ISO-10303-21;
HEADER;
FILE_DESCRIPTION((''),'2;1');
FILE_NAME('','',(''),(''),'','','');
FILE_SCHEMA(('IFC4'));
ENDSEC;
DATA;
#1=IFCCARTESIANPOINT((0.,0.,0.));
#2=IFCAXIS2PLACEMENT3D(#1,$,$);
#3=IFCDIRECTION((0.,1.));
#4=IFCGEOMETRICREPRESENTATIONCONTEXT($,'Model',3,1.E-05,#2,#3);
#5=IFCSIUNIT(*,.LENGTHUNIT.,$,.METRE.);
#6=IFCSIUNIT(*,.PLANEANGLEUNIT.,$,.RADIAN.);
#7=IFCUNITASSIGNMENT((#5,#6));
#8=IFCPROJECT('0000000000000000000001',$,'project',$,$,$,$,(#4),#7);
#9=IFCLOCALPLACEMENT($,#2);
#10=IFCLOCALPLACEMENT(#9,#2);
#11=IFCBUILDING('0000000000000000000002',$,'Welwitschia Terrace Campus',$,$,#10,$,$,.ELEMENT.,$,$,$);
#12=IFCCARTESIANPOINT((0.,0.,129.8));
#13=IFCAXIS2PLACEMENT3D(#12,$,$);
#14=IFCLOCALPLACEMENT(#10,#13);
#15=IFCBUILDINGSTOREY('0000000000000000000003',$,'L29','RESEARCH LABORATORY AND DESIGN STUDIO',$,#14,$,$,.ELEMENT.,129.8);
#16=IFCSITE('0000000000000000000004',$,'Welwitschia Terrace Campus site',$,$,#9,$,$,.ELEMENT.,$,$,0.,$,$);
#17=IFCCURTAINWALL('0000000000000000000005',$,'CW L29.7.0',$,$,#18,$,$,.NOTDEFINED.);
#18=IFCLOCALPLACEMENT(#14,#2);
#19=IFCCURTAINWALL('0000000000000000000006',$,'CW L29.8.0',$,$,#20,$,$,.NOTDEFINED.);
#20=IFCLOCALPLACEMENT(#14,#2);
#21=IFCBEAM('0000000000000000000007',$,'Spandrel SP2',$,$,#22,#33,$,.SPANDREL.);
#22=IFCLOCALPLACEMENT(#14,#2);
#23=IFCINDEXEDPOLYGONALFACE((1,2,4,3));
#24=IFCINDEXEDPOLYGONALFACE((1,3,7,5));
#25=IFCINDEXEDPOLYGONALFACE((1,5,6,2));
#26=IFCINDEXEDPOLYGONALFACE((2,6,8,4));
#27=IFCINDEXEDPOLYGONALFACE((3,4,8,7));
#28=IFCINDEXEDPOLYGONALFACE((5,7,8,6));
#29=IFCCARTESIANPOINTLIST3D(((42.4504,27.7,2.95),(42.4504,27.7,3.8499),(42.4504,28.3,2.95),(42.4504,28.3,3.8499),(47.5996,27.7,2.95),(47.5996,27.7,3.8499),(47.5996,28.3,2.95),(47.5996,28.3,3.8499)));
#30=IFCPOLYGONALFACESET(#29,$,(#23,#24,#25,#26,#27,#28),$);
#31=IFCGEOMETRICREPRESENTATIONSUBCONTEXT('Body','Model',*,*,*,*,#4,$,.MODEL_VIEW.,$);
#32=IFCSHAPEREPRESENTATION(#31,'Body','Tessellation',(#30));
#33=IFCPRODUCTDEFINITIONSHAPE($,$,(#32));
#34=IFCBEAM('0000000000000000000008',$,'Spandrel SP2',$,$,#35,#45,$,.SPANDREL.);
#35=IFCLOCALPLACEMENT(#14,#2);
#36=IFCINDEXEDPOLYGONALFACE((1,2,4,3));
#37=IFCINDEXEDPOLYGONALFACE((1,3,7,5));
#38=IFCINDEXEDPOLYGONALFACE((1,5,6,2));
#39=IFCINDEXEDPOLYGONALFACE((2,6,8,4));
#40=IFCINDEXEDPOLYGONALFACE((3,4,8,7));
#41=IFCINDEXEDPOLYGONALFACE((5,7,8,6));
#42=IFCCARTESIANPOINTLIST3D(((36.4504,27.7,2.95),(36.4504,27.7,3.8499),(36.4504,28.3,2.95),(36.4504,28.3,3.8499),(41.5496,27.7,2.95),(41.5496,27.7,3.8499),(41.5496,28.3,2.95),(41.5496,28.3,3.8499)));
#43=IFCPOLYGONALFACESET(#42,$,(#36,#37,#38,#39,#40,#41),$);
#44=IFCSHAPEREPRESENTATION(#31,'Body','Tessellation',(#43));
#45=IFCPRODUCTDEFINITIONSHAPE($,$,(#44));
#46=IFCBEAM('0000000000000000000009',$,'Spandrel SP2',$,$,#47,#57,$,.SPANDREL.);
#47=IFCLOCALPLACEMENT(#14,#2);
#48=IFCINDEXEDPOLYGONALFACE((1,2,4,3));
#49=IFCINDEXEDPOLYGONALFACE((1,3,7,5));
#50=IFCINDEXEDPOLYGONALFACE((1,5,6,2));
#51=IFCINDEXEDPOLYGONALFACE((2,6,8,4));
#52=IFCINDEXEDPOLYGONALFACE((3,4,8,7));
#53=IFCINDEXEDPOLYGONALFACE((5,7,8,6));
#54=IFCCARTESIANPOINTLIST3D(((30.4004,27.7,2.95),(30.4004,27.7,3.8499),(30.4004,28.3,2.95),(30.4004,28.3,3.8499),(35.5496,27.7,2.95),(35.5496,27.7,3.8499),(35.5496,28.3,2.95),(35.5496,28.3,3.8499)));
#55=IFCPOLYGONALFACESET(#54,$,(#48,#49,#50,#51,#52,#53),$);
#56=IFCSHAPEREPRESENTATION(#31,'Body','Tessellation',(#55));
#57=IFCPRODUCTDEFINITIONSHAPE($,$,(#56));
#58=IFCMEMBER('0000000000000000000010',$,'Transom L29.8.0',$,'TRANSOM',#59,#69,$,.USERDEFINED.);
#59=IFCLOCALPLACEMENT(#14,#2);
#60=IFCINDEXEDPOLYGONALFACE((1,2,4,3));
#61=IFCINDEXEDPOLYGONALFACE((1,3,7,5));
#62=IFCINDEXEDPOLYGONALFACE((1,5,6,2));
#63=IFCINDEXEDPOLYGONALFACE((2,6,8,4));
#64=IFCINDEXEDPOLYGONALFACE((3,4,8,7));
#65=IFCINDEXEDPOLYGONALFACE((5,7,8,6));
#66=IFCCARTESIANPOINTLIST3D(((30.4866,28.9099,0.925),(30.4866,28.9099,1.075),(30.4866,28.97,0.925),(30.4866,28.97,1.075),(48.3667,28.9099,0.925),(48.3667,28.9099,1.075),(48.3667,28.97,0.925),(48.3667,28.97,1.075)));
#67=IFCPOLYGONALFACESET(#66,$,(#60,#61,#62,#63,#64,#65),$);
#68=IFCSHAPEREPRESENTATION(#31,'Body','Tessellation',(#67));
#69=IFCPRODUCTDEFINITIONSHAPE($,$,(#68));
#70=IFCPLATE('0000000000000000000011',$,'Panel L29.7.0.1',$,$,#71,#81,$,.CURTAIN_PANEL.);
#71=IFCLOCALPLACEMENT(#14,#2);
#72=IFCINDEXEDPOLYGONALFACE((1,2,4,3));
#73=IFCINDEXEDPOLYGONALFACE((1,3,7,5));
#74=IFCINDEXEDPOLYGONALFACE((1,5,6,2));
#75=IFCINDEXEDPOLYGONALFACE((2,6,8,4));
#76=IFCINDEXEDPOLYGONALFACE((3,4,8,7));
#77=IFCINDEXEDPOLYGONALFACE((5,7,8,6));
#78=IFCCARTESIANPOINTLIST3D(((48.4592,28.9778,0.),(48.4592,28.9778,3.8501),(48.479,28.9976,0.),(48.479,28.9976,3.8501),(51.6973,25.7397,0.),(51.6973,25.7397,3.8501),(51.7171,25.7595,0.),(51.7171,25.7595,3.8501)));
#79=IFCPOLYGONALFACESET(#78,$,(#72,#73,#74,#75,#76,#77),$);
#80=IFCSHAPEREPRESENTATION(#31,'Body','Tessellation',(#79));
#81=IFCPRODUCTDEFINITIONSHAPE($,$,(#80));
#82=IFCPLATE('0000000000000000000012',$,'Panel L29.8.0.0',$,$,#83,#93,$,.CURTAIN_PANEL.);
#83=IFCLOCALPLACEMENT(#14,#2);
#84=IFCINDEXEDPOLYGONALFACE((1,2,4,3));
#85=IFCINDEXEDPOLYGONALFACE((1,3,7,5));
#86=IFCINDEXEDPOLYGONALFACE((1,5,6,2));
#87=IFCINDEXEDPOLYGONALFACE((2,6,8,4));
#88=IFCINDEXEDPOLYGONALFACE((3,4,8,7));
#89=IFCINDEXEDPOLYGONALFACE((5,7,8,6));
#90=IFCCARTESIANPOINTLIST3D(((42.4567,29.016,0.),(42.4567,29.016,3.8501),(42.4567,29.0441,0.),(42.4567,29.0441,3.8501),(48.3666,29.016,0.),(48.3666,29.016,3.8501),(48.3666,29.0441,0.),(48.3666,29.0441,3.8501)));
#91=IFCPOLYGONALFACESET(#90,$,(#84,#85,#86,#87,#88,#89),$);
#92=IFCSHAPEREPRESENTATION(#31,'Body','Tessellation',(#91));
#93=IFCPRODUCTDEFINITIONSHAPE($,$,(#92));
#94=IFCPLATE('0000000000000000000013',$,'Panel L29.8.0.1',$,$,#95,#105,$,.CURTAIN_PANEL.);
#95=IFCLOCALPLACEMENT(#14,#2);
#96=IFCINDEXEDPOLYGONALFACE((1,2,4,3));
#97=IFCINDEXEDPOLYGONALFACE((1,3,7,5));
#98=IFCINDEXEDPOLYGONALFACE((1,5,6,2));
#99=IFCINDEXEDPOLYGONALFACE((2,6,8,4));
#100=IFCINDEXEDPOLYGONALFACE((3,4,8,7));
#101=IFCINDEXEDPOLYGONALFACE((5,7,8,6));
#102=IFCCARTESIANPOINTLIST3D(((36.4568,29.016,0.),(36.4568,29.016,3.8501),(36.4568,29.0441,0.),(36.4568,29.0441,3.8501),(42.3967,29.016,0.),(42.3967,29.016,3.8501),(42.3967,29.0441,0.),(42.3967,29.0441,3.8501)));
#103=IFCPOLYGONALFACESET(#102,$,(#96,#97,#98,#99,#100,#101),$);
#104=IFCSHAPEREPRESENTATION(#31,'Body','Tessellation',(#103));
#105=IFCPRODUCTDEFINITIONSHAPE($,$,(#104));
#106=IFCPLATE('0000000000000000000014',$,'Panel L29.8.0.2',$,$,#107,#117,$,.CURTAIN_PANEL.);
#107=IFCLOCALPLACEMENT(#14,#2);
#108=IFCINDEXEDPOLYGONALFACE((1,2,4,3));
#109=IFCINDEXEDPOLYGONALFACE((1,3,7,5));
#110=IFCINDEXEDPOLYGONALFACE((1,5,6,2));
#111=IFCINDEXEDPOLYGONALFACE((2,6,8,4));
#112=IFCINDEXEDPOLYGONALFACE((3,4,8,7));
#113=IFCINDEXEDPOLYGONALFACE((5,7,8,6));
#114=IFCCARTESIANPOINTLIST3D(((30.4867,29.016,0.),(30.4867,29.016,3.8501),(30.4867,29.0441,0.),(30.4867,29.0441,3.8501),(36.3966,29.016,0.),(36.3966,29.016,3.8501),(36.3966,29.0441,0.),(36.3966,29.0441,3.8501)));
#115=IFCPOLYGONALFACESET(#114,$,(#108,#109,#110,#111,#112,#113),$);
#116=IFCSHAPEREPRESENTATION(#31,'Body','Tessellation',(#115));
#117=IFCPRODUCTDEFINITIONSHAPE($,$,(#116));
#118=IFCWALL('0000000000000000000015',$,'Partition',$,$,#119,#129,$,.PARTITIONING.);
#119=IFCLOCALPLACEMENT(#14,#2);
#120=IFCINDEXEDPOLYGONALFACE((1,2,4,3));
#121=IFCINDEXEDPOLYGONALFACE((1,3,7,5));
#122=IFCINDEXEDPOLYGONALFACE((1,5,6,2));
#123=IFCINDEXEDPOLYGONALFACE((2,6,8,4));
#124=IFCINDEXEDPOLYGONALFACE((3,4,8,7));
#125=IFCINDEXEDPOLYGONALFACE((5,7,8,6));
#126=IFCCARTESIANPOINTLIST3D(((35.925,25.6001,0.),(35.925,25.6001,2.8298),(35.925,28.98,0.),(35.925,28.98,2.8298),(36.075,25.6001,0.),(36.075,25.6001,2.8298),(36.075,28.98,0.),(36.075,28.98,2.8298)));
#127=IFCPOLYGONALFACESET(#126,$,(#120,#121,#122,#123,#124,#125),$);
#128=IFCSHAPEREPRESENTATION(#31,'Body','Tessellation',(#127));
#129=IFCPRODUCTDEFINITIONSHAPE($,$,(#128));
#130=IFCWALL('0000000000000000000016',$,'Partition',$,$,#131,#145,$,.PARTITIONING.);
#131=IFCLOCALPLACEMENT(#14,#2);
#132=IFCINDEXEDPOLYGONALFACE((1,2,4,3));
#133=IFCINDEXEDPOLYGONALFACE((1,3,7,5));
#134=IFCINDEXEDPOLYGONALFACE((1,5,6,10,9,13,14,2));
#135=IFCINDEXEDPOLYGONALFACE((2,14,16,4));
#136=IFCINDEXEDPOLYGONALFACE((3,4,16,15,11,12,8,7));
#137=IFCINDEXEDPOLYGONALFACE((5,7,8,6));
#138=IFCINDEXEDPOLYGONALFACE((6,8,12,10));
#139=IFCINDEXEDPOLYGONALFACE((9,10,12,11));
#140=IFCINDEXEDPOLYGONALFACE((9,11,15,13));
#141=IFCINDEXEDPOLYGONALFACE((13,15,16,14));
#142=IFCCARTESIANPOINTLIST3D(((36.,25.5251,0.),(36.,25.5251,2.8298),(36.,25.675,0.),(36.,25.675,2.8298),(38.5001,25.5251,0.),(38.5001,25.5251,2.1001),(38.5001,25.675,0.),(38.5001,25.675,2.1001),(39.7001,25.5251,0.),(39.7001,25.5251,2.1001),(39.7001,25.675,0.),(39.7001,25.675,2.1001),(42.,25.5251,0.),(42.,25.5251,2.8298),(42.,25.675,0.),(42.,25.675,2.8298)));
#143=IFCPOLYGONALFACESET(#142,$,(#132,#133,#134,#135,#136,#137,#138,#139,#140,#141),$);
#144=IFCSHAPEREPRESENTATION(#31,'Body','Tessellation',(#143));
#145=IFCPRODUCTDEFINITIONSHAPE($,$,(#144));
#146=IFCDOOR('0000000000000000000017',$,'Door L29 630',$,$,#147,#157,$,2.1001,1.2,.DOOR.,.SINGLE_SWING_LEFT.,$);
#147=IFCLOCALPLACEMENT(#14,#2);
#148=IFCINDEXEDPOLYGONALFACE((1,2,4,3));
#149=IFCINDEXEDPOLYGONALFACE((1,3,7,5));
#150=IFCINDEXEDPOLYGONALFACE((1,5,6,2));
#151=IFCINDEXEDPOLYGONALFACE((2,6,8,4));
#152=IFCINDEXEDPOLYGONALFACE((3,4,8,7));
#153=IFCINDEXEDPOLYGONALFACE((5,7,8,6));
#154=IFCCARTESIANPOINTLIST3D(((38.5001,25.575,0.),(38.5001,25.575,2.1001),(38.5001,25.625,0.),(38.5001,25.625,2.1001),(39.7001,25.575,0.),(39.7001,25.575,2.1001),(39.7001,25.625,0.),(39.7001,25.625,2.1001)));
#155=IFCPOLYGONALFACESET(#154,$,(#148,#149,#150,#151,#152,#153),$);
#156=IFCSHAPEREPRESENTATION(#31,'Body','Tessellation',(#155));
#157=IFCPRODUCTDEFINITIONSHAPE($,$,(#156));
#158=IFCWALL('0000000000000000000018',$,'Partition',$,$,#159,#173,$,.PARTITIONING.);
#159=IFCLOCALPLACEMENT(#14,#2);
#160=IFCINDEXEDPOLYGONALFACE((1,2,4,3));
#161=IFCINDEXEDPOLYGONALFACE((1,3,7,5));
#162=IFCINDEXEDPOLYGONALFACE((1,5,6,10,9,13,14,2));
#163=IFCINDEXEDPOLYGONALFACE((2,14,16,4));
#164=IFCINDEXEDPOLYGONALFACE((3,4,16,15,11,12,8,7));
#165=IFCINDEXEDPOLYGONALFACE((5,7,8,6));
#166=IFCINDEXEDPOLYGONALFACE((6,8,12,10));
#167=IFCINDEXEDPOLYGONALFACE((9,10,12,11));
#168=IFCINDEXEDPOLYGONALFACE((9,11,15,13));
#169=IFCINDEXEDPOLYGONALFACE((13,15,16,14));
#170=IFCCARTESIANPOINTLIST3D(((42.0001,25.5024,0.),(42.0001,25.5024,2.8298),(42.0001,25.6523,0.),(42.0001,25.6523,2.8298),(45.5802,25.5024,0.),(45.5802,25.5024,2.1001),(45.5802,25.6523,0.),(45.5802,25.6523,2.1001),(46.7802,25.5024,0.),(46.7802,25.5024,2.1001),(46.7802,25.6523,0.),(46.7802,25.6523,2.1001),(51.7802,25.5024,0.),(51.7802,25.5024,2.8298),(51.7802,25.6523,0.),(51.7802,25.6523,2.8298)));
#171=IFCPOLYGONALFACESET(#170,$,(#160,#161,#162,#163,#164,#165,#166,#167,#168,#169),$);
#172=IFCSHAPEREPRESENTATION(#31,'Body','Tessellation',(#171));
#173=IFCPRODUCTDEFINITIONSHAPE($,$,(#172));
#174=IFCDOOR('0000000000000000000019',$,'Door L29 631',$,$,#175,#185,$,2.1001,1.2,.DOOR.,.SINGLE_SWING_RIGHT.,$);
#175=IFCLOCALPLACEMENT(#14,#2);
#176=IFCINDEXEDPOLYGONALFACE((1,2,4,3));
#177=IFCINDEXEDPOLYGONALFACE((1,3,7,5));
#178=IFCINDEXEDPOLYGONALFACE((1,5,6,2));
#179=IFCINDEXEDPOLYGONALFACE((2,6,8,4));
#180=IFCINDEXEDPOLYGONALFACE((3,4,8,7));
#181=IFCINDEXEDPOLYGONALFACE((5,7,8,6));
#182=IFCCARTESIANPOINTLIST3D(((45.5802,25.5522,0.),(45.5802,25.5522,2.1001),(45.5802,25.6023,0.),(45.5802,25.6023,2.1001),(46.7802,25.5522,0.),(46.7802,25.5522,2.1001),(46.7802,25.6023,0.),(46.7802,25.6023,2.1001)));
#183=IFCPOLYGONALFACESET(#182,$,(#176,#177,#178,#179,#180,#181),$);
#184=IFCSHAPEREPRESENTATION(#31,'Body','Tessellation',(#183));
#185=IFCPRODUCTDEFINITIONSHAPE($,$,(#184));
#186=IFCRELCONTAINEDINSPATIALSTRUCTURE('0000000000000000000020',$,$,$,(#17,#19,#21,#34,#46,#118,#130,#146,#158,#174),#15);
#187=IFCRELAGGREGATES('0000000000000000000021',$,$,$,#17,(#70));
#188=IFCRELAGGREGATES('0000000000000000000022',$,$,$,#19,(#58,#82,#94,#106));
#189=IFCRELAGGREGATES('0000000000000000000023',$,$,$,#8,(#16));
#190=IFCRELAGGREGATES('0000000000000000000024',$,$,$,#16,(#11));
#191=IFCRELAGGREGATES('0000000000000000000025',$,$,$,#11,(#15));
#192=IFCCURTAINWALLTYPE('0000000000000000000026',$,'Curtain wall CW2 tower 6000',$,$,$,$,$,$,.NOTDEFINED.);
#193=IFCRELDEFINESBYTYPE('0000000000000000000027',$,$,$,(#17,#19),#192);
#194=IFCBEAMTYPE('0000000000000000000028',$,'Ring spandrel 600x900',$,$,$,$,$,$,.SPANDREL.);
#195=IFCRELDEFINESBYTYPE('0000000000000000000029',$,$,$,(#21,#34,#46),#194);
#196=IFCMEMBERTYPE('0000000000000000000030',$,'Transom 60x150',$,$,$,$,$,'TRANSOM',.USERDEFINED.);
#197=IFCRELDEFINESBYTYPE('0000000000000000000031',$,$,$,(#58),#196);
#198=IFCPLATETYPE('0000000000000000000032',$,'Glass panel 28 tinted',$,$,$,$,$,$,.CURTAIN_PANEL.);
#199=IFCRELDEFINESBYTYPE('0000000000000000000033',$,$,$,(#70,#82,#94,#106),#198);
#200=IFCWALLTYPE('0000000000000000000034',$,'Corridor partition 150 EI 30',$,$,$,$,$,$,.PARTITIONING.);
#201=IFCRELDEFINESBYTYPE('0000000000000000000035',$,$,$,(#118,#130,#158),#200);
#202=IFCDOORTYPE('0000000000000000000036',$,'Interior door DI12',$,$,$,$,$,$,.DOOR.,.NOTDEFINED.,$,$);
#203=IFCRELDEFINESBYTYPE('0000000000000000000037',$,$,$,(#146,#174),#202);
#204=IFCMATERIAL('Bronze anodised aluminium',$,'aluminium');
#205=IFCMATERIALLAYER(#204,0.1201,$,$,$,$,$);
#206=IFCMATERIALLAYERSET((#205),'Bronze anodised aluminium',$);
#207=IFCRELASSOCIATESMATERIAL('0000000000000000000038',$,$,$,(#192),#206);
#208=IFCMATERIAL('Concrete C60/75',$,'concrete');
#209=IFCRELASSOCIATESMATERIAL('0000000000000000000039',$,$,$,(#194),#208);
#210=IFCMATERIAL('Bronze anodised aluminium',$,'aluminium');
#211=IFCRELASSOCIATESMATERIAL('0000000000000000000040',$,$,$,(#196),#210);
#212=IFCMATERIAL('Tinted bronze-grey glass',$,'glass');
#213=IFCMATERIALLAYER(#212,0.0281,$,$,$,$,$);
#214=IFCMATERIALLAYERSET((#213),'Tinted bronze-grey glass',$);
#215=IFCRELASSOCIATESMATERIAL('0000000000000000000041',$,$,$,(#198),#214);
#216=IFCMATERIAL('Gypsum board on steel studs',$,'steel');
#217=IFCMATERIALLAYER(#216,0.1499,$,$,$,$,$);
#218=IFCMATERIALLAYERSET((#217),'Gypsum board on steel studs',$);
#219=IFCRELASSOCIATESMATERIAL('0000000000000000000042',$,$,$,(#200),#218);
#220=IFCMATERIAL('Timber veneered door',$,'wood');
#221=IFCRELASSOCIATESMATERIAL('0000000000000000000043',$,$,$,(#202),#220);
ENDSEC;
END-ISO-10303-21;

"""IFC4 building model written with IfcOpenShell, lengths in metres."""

from ifc_helpers import new_model, si_unit, direction, frame, frame_2d, origin, origin_2d, place, context, subcontext, project, spatial, rectangle, extrude, material, layer, layer_set, material_profile, profile_set, type_object, element, fill, aggregate, save


model = new_model("IFC4")

# Units and contexts
model_context = context("Model", 3, precision=1e-05, world=origin(), true_north=direction((0.0, 1.0)))
body_context = subcontext(model_context, "Body", "Model", "MODEL_VIEW")
ifc_project = project(units=[si_unit("LENGTHUNIT", "METRE"), si_unit("PLANEANGLEUNIT", "RADIAN")], contexts=[model_context])

# Site, building, storey
site_placement = place(None, origin())
site = spatial("IfcSite", under=ifc_project, at=site_placement, Name="Welwitschia Terrace Campus site", CompositionType="ELEMENT", RefElevation=0.0)
building_placement = place(site_placement, origin())
building = spatial("IfcBuilding", under=site, at=building_placement, Name="Welwitschia Terrace Campus", CompositionType="ELEMENT")
storey_placement = place(building_placement, frame((0.0, 0.0, 129.8)))
storey = spatial("IfcBuildingStorey", under=building, at=storey_placement, Name="L29", Description="RESEARCH LABORATORY AND DESIGN STUDIO", CompositionType="ELEMENT", Elevation=129.8)

# Curtain walls
ifc_material_1 = material(Name="Bronze anodised aluminium", Category="aluminium")
ifc_layer_1 = layer(ifc_material_1, 0.1201)
ifc_layer_set_1 = layer_set([ifc_layer_1], Name="Bronze anodised aluminium")
curtain_wall_type = type_object("IfcCurtainWallType", Name="Curtain wall CW2 tower 6000", PredefinedType="NOTDEFINED", material=ifc_layer_set_1)
curtain_wall_1_placement = place(storey_placement, origin())
curtain_wall_1 = element("IfcCurtainWall", 1, at=curtain_wall_1_placement, inside=storey, type_object=curtain_wall_type, Name="CW L29.7.0", PredefinedType="NOTDEFINED")
curtain_wall_2_placement = place(storey_placement, origin())
curtain_wall_2 = element("IfcCurtainWall", 2, at=curtain_wall_2_placement, inside=storey, type_object=curtain_wall_type, Name="CW L29.8.0", PredefinedType="NOTDEFINED")

# Beams
ifc_material_2 = material(Name="Concrete C60/75", Category="concrete")
ifc_material_profile_1 = material_profile(ifc_material_2, rectangle(XDim=0.6001, YDim=0.8999, at=origin_2d()))
ifc_profile_set_1 = profile_set([ifc_material_profile_1], Name="Concrete C60/75")
beam_type_1 = type_object("IfcBeamType", Name="Ring spandrel 600x900", PredefinedType="SPANDREL", material=ifc_profile_set_1)
beam_1_placement = place(storey_placement, frame((47.5996, 28.0, 3.3999), z_axis=(-1.0, 0.0, 0.0), x_axis=(0.0, -1.0, 0.0)))
element("IfcBeam", 3, at=beam_1_placement, inside=storey, type_object=beam_type_1, Name="Spandrel SP2", PredefinedType="SPANDREL", context=body_context, shape_type="SweptSolid", body=[
    extrude(rectangle(XDim=0.6001, YDim=0.8999, at=origin_2d()), origin(), (0.0, 0.0, 1.0), 5.1492),
])
beam_2_placement = place(storey_placement, frame((41.5496, 28.0, 3.3999), z_axis=(-1.0, 0.0, 0.0), x_axis=(0.0, -1.0, 0.0)))
element("IfcBeam", 4, at=beam_2_placement, inside=storey, type_object=beam_type_1, Name="Spandrel SP2", PredefinedType="SPANDREL", context=body_context, shape_type="SweptSolid", body=[
    extrude(rectangle(XDim=0.6001, YDim=0.8999, at=origin_2d()), origin(), (0.0, 0.0, 1.0), 5.0991),
])
beam_3_placement = place(storey_placement, frame((35.5496, 28.0, 3.3999), z_axis=(-1.0, 0.0, 0.0), x_axis=(0.0, -1.0, 0.0)))
element("IfcBeam", 5, at=beam_3_placement, inside=storey, type_object=beam_type_1, Name="Spandrel SP2", PredefinedType="SPANDREL", context=body_context, shape_type="SweptSolid", body=[
    extrude(rectangle(XDim=0.6001, YDim=0.8999, at=origin_2d()), origin(), (0.0, 0.0, 1.0), 5.1492),
])

# Member
ifc_material_3 = material(Name="Bronze anodised aluminium", Category="aluminium")
ifc_material_profile_2 = material_profile(ifc_material_3, rectangle(XDim=0.0601, YDim=0.1499, at=origin_2d()))
ifc_profile_set_2 = profile_set([ifc_material_profile_2], Name="Bronze anodised aluminium")
member_type_1 = type_object("IfcMemberType", Name="Transom 60x150", ElementType="TRANSOM", PredefinedType="USERDEFINED", material=ifc_profile_set_2)
member_1_placement = place(storey_placement, frame((48.3667, 28.9399, 1.0), z_axis=(-1.0, 0.0, 0.0), x_axis=(0.0, -1.0, 0.0)))
member_1 = element("IfcMember", 6, at=member_1_placement, type_object=member_type_1, Name="Transom L29.8.0", ObjectType="TRANSOM", PredefinedType="USERDEFINED", context=body_context, shape_type="SweptSolid", body=[
    extrude(rectangle(XDim=0.0601, YDim=0.1499, at=origin_2d()), origin(), (0.0, 0.0, 1.0), 17.8801),
])

# Plates
ifc_material_4 = material(Name="Tinted bronze-grey glass", Category="glass")
ifc_layer_2 = layer(ifc_material_4, 0.0281)
ifc_layer_set_2 = layer_set([ifc_layer_2], Name="Tinted bronze-grey glass")
plate_type = type_object("IfcPlateType", Name="Glass panel 28 tinted", PredefinedType="CURTAIN_PANEL", material=ifc_layer_set_2)
plate_1_placement = place(storey_placement, frame((50.0881, 27.3687, 0.0), z_axis=(0.0, 0.0, 1.0), x_axis=(-0.707107, 0.707107, 0.0)))
plate_1 = element("IfcPlate", 7, at=plate_1_placement, type_object=plate_type, Name="Panel L29.7.0.1", PredefinedType="CURTAIN_PANEL", context=body_context, shape_type="SweptSolid", body=[
    extrude(rectangle(XDim=4.5793, YDim=0.0281, at=origin_2d()), origin(), (0.0, 0.0, 1.0), 3.8501),
])
aggregate(curtain_wall_1, [plate_1])
plate_2_placement = place(storey_placement, frame((45.4116, 29.03, 0.0), z_axis=(0.0, 0.0, 1.0), x_axis=(-1.0, 0.0, 0.0)))
plate_2 = element("IfcPlate", 8, at=plate_2_placement, type_object=plate_type, Name="Panel L29.8.0.0", PredefinedType="CURTAIN_PANEL", context=body_context, shape_type="SweptSolid", body=[
    extrude(rectangle(XDim=5.9099, YDim=0.0281, at=origin_2d()), origin(), (0.0, 0.0, 1.0), 3.8501),
])
plate_3_placement = place(storey_placement, frame((39.4268, 29.03, 0.0), z_axis=(0.0, 0.0, 1.0), x_axis=(-1.0, 0.0, 0.0)))
plate_3 = element("IfcPlate", 9, at=plate_3_placement, type_object=plate_type, Name="Panel L29.8.0.1", PredefinedType="CURTAIN_PANEL", context=body_context, shape_type="SweptSolid", body=[
    extrude(rectangle(XDim=5.9399, YDim=0.0281, at=origin_2d()), origin(), (0.0, 0.0, 1.0), 3.8501),
])
plate_4_placement = place(storey_placement, frame((33.4417, 29.03, 0.0), z_axis=(0.0, 0.0, 1.0), x_axis=(-1.0, 0.0, 0.0)))
plate_4 = element("IfcPlate", 10, at=plate_4_placement, type_object=plate_type, Name="Panel L29.8.0.2", PredefinedType="CURTAIN_PANEL", context=body_context, shape_type="SweptSolid", body=[
    extrude(rectangle(XDim=5.9099, YDim=0.0281, at=origin_2d()), origin(), (0.0, 0.0, 1.0), 3.8501),
])
aggregate(curtain_wall_2, [member_1, plate_2, plate_3, plate_4])

# Wall
ifc_material_5 = material(Name="Gypsum board on steel studs", Category="steel")
ifc_layer_3 = layer(ifc_material_5, 0.1499)
ifc_layer_set_3 = layer_set([ifc_layer_3], Name="Gypsum board on steel studs")
wall_type = type_object("IfcWallType", Name="Corridor partition 150 EI 30", PredefinedType="PARTITIONING", material=ifc_layer_set_3)
wall_1_placement = place(storey_placement, frame((36.0, 25.6001, 0.0), z_axis=(0.0, 0.0, 1.0), x_axis=(0.0, 1.0, 0.0)))
element("IfcWall", 11, at=wall_1_placement, inside=storey, type_object=wall_type, Name="Partition", PredefinedType="PARTITIONING", context=body_context, shape_type="SweptSolid", body=[
    extrude(rectangle(XDim=3.3799, YDim=0.1499, at=frame_2d((1.6899, 0.0))), origin(), (0.0, 0.0, 1.0), 2.8298),
])

# Walls, openings, doors
wall_2_placement = place(storey_placement, frame((36.0, 25.6001, 0.0), z_axis=(0.0, 0.0, 1.0), x_axis=(1.0, 0.0, 0.0)))
wall_2 = element("IfcWall", 12, at=wall_2_placement, inside=storey, type_object=wall_type, Name="Partition", PredefinedType="PARTITIONING", context=body_context, shape_type="SweptSolid", body=[
    extrude(rectangle(XDim=6.0, YDim=0.1499, at=frame_2d((3.0, 0.0))), origin(), (0.0, 0.0, 1.0), 2.8298),
])
opening_1_placement = place(wall_2_placement, frame((2.5, 0.0, 0.0)))
opening_1 = element("IfcOpeningElement", 13, at=opening_1_placement, cuts=wall_2, PredefinedType="OPENING", context=body_context, shape_type="SweptSolid", body=[
    extrude(rectangle(XDim=1.2, YDim=2.1001, at=frame_2d((0.6001, 1.05))), frame((0.0, 0.085, 0.0), z_axis=(0.0, -1.0, 0.0), x_axis=(1.0, 0.0, 0.0)), (0.0, 0.0, 1.0), 0.1699),
])
ifc_material_6 = material(Name="Timber veneered door", Category="wood")
door_type = type_object("IfcDoorType", Name="Interior door DI12", OperationType="NOTDEFINED", PredefinedType="DOOR", material=ifc_material_6)
door_1_placement = place(opening_1_placement, origin())
door_1 = element("IfcDoor", 14, at=door_1_placement, inside=storey, type_object=door_type, Name="Door L29 630", OperationType="SINGLE_SWING_LEFT", OverallHeight=2.1001, OverallWidth=1.2, PredefinedType="DOOR", context=body_context, shape_type="SweptSolid", body=[
    extrude(rectangle(XDim=1.2, YDim=2.1001, at=frame_2d((0.6001, 1.05))), frame((0.0, 0.0249, 0.0), z_axis=(0.0, -1.0, 0.0), x_axis=(1.0, 0.0, 0.0)), (0.0, 0.0, 1.0), 0.05),
])
fill(opening_1, door_1)
wall_3_placement = place(storey_placement, frame((42.0, 25.5774, 0.0), z_axis=(0.0, 0.0, 1.0), x_axis=(1.0, 0.0, 0.0)))
wall_3 = element("IfcWall", 15, at=wall_3_placement, inside=storey, type_object=wall_type, Name="Partition", PredefinedType="PARTITIONING", context=body_context, shape_type="SweptSolid", body=[
    extrude(rectangle(XDim=9.78, YDim=0.1499, at=frame_2d((4.8901, 0.0))), origin(), (0.0, 0.0, 1.0), 2.8298),
])
opening_2_placement = place(wall_3_placement, frame((3.5801, 0.0, 0.0)))
opening_2 = element("IfcOpeningElement", 16, at=opening_2_placement, cuts=wall_3, PredefinedType="OPENING", context=body_context, shape_type="SweptSolid", body=[
    extrude(rectangle(XDim=1.2, YDim=2.1001, at=frame_2d((0.6001, 1.05))), frame((0.0, 0.085, 0.0), z_axis=(0.0, -1.0, 0.0), x_axis=(1.0, 0.0, 0.0)), (0.0, 0.0, 1.0), 0.1699),
])
door_2_placement = place(opening_2_placement, origin())
door_2 = element("IfcDoor", 17, at=door_2_placement, inside=storey, type_object=door_type, Name="Door L29 631", OperationType="SINGLE_SWING_RIGHT", OverallHeight=2.1001, OverallWidth=1.2, PredefinedType="DOOR", context=body_context, shape_type="SweptSolid", body=[
    extrude(rectangle(XDim=1.2, YDim=2.1001, at=frame_2d((0.6001, 1.05))), frame((0.0, 0.0249, 0.0), z_axis=(0.0, -1.0, 0.0), x_axis=(1.0, 0.0, 0.0)), (0.0, 0.0, 1.0), 0.05),
])
fill(opening_2, door_2)

save(model, "model.ifc")
